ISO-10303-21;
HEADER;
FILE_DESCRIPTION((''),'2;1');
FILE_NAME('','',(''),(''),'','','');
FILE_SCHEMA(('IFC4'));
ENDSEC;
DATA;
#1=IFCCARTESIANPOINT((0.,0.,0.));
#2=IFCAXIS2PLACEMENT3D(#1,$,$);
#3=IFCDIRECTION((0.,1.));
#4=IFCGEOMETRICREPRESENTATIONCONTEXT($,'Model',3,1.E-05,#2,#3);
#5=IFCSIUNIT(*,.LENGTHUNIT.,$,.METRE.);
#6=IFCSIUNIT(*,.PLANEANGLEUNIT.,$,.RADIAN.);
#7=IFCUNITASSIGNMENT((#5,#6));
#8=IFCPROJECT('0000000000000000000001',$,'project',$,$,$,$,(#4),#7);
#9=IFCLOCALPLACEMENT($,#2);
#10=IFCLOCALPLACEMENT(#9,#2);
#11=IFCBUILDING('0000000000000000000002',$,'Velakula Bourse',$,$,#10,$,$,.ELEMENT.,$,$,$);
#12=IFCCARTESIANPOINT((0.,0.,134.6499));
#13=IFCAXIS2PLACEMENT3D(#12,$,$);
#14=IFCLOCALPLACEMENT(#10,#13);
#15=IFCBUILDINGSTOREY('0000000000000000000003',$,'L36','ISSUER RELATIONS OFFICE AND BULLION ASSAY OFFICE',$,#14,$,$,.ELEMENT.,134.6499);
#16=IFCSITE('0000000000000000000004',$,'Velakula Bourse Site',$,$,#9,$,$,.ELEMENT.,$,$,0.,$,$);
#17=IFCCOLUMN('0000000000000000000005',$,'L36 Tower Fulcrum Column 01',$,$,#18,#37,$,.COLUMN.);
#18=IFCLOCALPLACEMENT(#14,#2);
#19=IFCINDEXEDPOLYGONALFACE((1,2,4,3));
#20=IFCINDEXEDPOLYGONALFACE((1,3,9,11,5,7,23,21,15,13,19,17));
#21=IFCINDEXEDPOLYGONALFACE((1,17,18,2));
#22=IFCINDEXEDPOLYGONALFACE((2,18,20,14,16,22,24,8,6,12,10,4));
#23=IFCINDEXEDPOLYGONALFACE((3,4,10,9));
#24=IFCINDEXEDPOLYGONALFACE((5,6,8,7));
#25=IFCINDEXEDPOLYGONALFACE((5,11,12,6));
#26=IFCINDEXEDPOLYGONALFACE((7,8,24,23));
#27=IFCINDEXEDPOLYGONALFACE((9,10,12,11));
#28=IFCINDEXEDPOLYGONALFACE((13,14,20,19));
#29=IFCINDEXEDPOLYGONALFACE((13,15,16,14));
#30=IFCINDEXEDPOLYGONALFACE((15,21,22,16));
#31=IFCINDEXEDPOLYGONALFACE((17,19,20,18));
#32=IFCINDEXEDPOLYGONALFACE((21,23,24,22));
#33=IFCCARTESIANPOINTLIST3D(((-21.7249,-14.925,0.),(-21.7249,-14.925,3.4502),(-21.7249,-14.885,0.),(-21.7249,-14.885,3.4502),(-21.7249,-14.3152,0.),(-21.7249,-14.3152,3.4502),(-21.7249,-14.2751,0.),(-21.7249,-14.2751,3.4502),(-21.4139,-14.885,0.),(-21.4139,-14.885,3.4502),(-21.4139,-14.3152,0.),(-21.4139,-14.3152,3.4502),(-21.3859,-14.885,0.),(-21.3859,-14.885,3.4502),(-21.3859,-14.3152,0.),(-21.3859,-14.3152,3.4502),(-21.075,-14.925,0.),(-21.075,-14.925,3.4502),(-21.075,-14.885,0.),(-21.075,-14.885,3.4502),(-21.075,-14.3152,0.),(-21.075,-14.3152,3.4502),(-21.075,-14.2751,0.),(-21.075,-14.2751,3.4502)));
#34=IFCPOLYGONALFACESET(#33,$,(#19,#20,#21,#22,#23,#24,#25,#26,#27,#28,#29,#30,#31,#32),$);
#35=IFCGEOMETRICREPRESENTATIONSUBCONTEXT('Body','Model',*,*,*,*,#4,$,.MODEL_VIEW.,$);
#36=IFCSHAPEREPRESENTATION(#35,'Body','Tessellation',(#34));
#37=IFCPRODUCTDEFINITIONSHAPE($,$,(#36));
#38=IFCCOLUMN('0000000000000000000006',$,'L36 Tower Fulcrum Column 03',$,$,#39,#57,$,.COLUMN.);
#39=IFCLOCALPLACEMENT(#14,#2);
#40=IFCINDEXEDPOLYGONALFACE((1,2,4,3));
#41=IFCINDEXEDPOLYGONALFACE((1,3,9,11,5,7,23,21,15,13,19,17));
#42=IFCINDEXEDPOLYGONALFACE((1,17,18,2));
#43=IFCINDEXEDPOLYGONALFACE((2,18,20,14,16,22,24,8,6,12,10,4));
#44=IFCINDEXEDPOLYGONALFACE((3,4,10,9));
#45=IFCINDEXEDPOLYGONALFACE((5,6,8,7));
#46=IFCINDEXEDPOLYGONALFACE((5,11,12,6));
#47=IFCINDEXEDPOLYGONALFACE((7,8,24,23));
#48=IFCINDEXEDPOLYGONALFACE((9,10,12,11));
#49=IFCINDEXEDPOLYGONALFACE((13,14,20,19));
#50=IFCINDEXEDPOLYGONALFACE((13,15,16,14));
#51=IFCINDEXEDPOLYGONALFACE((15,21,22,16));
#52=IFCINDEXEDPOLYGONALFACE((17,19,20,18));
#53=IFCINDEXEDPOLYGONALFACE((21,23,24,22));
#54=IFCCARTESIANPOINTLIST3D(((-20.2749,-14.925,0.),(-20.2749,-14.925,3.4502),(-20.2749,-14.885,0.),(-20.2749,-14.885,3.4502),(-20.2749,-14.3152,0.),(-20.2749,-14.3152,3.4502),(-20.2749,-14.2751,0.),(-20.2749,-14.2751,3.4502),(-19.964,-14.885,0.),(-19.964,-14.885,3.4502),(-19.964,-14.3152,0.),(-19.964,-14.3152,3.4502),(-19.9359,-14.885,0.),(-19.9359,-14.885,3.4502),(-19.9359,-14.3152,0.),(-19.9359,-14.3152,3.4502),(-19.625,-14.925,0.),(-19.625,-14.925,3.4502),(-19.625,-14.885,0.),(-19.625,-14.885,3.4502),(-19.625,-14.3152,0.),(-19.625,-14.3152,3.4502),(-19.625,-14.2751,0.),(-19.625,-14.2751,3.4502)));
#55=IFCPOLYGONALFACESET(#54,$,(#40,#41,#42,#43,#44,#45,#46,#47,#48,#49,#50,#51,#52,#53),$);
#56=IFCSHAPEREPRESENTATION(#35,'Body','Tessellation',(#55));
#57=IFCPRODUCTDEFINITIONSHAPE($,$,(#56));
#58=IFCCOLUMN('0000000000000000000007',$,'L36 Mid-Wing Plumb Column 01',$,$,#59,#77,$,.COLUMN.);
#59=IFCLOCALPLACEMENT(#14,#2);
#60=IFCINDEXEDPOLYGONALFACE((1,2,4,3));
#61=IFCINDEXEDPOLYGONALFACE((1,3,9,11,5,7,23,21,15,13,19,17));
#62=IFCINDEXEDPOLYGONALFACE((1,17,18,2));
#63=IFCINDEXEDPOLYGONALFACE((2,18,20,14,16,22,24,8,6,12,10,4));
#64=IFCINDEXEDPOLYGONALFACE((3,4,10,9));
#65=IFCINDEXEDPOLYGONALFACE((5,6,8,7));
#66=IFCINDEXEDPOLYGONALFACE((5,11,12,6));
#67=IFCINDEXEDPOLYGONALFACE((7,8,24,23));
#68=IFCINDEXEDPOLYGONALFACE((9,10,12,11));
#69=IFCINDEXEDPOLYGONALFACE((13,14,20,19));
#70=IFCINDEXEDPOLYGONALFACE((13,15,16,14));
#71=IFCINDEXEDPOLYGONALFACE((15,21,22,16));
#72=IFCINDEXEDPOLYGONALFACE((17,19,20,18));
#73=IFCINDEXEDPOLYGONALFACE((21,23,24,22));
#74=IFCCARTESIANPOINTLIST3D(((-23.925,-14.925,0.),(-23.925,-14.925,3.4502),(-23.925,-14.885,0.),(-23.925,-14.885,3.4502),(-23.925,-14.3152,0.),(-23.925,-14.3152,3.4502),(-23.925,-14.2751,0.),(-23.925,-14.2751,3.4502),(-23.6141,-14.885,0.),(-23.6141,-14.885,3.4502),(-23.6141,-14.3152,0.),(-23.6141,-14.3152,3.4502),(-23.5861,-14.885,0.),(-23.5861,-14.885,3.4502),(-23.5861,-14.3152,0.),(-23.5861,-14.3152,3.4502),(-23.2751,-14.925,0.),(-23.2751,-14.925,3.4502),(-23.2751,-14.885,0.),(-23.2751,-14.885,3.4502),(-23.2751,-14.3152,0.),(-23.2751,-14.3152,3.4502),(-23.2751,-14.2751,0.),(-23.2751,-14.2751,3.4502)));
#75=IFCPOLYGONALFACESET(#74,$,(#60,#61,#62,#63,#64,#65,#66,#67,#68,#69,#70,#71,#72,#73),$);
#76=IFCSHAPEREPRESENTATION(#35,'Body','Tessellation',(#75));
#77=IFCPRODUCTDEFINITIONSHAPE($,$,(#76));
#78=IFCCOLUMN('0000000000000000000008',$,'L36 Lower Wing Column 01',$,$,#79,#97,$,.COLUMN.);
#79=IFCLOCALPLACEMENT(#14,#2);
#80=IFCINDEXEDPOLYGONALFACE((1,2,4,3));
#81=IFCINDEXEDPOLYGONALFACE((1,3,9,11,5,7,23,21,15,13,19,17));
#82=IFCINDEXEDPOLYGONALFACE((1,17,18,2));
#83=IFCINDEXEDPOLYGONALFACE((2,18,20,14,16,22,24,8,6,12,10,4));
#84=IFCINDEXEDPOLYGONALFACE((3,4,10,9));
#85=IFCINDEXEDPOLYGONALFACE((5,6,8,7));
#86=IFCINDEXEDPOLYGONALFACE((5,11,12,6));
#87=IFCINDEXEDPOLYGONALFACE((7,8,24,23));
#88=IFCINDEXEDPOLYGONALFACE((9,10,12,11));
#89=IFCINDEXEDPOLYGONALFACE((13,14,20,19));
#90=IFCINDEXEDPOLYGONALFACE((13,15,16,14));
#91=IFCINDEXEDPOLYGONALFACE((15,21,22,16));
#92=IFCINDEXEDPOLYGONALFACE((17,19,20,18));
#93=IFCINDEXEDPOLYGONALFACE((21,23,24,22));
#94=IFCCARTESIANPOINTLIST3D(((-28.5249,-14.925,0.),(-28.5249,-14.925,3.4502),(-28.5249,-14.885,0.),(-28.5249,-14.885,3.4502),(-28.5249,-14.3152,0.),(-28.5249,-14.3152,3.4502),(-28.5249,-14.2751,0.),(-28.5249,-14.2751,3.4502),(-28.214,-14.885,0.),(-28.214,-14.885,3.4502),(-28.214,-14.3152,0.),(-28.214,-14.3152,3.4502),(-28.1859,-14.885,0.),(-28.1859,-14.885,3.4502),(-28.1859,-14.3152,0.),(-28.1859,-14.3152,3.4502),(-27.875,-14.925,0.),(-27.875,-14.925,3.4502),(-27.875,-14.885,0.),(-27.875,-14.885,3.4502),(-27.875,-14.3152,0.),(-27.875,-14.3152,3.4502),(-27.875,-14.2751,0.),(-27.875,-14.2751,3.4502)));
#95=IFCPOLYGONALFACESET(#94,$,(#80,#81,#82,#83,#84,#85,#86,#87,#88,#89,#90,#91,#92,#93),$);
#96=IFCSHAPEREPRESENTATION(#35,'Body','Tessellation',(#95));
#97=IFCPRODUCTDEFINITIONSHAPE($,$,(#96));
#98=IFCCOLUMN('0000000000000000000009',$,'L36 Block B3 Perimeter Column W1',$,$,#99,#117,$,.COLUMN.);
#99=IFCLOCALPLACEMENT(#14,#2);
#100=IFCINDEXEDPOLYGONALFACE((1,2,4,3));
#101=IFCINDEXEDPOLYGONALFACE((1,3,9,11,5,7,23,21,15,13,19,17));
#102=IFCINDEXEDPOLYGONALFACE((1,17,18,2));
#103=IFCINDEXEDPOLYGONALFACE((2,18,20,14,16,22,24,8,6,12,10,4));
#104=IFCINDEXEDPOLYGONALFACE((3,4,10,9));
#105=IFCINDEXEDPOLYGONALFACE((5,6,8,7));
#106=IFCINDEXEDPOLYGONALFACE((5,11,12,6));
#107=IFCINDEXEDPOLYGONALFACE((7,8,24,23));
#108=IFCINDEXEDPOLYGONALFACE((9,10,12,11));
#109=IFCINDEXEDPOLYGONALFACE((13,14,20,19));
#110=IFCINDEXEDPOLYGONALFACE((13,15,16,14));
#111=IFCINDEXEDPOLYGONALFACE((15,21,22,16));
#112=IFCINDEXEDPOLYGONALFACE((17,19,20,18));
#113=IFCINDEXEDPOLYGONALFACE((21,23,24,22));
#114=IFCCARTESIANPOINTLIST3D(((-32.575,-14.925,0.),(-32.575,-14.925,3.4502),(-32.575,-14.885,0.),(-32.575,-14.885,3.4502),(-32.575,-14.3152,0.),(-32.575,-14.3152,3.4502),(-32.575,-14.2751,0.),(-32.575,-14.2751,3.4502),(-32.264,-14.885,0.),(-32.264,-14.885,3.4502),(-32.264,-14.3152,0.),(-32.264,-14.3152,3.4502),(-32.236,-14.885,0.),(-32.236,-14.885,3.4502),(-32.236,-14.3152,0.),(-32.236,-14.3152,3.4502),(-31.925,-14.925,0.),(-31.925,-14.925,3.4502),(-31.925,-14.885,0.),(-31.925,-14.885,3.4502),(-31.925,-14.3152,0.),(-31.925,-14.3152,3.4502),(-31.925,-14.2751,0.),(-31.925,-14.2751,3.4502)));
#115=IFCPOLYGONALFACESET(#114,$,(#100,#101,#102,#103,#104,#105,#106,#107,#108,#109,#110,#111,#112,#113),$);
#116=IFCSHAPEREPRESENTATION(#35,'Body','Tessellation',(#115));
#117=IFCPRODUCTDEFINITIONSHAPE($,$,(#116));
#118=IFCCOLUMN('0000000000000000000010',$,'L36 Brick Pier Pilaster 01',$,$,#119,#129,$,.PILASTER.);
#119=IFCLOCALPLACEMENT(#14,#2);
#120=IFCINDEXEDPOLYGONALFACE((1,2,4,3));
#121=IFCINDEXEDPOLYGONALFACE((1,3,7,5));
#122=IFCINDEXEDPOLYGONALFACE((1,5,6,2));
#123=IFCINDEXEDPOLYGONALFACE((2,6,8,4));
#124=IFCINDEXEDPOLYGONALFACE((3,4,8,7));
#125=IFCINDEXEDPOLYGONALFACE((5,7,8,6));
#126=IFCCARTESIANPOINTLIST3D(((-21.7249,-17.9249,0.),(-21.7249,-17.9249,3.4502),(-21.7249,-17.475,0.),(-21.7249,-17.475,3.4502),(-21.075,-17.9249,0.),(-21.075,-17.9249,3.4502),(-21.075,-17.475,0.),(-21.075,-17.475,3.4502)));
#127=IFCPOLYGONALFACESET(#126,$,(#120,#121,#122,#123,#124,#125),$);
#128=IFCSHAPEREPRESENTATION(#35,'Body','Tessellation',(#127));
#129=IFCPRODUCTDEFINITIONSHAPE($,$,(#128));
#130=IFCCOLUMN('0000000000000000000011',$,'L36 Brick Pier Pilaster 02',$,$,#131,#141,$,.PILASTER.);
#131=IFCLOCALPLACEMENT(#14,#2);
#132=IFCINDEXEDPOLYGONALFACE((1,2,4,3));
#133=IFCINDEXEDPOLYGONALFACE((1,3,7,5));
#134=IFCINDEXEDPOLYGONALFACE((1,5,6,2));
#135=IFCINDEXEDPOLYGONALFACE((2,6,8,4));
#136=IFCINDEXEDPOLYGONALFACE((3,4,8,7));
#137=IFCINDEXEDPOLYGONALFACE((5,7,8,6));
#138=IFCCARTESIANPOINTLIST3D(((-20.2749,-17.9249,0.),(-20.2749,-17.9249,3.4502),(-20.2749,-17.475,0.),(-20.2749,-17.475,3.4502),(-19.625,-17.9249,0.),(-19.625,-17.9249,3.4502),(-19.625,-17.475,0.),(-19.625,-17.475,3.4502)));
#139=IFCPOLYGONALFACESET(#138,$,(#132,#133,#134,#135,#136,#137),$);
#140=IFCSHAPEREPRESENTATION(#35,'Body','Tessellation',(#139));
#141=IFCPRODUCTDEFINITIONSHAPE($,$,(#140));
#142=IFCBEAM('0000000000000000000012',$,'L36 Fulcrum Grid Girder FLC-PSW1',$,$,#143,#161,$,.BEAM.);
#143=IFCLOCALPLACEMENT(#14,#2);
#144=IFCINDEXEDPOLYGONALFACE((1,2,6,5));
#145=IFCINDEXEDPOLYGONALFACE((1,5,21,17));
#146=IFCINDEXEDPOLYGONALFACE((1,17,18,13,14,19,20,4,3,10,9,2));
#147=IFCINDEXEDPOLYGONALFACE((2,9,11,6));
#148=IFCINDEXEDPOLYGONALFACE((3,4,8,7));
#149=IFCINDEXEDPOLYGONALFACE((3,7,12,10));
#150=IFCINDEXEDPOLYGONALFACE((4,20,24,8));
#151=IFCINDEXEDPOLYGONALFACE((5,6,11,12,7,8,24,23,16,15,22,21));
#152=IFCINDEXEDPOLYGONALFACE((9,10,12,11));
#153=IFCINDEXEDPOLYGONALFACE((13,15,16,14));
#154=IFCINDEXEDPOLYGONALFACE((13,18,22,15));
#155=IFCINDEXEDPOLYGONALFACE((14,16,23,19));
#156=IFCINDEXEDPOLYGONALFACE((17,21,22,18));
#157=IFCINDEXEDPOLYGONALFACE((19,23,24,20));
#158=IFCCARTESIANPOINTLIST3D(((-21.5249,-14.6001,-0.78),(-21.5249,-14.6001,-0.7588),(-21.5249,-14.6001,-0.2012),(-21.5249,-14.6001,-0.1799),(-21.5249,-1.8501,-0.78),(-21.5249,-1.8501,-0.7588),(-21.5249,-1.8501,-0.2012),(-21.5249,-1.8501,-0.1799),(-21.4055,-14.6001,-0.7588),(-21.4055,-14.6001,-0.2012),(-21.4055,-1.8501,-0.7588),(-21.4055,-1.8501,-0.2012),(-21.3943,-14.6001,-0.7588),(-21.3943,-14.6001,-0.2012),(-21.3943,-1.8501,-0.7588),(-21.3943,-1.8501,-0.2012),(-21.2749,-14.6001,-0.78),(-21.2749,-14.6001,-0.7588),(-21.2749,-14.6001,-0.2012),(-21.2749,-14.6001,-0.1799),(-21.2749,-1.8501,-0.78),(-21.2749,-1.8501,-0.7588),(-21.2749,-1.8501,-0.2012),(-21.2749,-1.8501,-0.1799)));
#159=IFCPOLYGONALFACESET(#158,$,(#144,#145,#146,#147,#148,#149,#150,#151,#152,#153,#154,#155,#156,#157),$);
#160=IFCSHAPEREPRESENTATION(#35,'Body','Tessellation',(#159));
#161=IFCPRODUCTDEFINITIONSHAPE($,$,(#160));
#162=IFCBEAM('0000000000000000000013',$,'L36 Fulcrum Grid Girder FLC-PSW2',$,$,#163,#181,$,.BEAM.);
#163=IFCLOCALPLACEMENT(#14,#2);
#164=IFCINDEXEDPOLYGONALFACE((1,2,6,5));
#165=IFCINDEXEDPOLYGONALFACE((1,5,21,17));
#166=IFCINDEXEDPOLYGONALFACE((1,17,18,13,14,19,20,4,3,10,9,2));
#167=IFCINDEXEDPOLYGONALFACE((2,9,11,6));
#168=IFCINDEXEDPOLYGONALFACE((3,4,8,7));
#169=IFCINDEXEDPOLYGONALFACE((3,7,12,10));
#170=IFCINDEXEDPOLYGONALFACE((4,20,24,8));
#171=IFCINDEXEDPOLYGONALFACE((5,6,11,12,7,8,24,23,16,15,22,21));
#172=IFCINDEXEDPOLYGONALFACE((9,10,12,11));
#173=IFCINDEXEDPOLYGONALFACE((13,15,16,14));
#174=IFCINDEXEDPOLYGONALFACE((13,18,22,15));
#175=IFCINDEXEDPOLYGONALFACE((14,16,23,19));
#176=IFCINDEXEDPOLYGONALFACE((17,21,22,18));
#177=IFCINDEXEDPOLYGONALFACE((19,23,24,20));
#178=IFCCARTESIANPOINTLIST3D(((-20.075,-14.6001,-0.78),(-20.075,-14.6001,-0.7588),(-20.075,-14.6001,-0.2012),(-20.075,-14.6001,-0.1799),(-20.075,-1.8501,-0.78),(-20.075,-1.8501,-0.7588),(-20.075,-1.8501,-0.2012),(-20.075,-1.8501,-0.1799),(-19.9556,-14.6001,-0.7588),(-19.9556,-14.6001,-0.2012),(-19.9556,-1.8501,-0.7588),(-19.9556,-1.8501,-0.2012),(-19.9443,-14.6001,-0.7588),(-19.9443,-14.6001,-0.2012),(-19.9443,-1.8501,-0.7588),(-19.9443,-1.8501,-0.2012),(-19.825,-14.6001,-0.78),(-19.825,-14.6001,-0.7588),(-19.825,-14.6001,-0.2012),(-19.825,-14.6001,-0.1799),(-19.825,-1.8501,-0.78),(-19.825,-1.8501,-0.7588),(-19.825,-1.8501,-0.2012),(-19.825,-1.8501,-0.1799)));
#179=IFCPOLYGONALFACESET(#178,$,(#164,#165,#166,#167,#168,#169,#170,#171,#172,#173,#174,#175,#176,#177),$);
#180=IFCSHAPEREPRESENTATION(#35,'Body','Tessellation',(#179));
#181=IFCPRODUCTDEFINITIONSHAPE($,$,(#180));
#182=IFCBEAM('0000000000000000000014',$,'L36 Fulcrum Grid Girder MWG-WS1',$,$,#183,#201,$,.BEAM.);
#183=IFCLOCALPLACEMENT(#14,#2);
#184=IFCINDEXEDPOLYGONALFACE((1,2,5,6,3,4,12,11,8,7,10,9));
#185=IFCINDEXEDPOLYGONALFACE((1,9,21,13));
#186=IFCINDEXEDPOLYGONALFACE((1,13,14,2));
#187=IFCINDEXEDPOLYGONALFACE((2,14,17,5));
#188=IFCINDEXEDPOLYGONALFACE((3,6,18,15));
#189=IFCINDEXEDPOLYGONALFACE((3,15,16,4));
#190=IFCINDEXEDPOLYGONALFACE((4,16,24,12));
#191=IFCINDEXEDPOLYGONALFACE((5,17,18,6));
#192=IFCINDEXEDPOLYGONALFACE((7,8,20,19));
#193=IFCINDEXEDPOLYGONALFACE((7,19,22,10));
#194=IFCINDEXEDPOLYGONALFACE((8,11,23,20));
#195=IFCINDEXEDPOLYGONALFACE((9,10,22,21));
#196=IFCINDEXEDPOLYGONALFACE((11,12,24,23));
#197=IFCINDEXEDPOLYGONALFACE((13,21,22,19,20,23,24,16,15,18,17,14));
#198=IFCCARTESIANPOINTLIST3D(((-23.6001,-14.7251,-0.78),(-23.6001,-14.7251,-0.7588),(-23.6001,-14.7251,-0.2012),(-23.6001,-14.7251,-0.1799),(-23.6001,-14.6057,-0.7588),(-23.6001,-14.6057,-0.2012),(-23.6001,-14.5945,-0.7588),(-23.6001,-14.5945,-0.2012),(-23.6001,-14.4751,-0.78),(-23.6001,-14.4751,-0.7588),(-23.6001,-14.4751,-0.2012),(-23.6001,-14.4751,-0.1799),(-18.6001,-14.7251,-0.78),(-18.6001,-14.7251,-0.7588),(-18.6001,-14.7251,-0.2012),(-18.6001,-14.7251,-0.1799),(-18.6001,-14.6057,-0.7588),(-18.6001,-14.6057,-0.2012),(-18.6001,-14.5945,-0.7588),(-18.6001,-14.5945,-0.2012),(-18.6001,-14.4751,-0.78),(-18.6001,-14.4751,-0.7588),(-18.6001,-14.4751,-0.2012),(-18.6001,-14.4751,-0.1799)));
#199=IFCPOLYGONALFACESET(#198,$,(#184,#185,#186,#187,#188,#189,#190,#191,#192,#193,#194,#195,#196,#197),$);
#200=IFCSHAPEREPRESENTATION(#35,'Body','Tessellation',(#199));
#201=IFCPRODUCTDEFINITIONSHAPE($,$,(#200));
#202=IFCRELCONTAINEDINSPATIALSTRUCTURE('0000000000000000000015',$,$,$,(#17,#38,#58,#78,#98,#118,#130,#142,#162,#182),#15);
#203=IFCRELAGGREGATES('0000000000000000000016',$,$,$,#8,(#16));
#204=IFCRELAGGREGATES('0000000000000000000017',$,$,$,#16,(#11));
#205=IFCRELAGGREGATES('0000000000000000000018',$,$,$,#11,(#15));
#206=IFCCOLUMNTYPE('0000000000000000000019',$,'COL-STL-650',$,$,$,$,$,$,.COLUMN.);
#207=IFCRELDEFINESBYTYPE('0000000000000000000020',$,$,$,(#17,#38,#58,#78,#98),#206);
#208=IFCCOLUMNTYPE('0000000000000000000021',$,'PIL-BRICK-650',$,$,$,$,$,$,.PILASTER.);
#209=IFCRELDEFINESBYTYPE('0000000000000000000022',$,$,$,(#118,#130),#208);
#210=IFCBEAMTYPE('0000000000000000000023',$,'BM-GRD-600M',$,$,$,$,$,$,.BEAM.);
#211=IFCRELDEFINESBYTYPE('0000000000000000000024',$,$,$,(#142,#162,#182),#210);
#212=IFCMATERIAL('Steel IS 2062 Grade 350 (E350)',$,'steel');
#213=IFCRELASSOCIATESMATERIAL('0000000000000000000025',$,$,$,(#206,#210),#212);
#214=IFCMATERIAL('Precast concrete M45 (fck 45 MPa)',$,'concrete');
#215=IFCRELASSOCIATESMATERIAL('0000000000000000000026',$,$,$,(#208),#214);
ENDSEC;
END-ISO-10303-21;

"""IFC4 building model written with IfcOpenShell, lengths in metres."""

from ifc_helpers import new_model, si_unit, direction, frame, origin, origin_2d, place, context, subcontext, project, spatial, rectangle, i_section, extrude, material, material_profile, profile_set, type_object, element, save


model = new_model("IFC4")

# Units and contexts
model_context = context("Model", 3, precision=1e-05, world=origin(), true_north=direction((0.0, 1.0)))
body_context = subcontext(model_context, "Body", "Model", "MODEL_VIEW")
ifc_project = project(units=[si_unit("LENGTHUNIT", "METRE"), si_unit("PLANEANGLEUNIT", "RADIAN")], contexts=[model_context])

# Site, building, storey
site_placement = place(None, origin())
site = spatial("IfcSite", under=ifc_project, at=site_placement, Name="Velakula Bourse Site", CompositionType="ELEMENT", RefElevation=0.0)
building_placement = place(site_placement, origin())
building = spatial("IfcBuilding", under=site, at=building_placement, Name="Velakula Bourse", CompositionType="ELEMENT")
storey_placement = place(building_placement, frame((0.0, 0.0, 134.6499)))
storey = spatial("IfcBuildingStorey", under=building, at=storey_placement, Name="L36", Description="ISSUER RELATIONS OFFICE AND BULLION ASSAY OFFICE", CompositionType="ELEMENT", Elevation=134.6499)

# Columns
ifc_material_1 = material(Name="Steel IS 2062 Grade 350 (E350)", Category="steel")
ifc_material_profile_1 = material_profile(ifc_material_1, i_section(OverallWidth=0.6499, OverallDepth=0.6499, WebThickness=0.0281, FlangeThickness=0.04, at=origin_2d()), Name="Steel IS 2062 Grade 350 (E350)")
ifc_profile_set_1 = profile_set([ifc_material_profile_1], Name="Steel IS 2062 Grade 350 (E350)")
column_type_1 = type_object("IfcColumnType", Name="COL-STL-650", PredefinedType="COLUMN", material=ifc_profile_set_1)
for number, where, z_axis, x_axis, name in (
    (1, (-21.3999, -14.6001, 0.0), (0.0, 0.0, 1.0), (1.0, 0.0, 0.0), "L36 Tower Fulcrum Column 01"),
    (2, (-19.95, -14.6001, 0.0), (0.0, 0.0, 1.0), (1.0, 0.0, 0.0), "L36 Tower Fulcrum Column 03"),
    (3, (-23.6001, -14.6001, 0.0), (0.0, 0.0, 1.0), (1.0, 0.0, 0.0), "L36 Mid-Wing Plumb Column 01"),
    (4, (-28.2, -14.6001, 0.0), (0.0, 0.0, 1.0), (1.0, 0.0, 0.0), "L36 Lower Wing Column 01"),
    (5, (-32.25, -14.6001, 0.0), (0.0, 0.0, 1.0), (1.0, 0.0, 0.0), "L36 Block B3 Perimeter Column W1"),
):
    element("IfcColumn", number, at=place(storey_placement, frame(where, z_axis=z_axis, x_axis=x_axis)), inside=storey, type_object=column_type_1, Name=name, PredefinedType="COLUMN", context=body_context, shape_type="SweptSolid", body=[
        extrude(i_section(OverallWidth=0.6499, OverallDepth=0.6499, WebThickness=0.0281, FlangeThickness=0.04, at=origin_2d()), origin(), (0.0, 0.0, 1.0), 3.4502),
    ])
ifc_material_2 = material(Name="Precast concrete M45 (fck 45 MPa)", Category="concrete")
ifc_material_profile_2 = material_profile(ifc_material_2, rectangle(XDim=0.6499, YDim=0.45, at=origin_2d()), Name="Precast concrete M45 (fck 45 MPa)")
ifc_profile_set_2 = profile_set([ifc_material_profile_2], Name="Precast concrete M45 (fck 45 MPa)")
column_type_2 = type_object("IfcColumnType", Name="PIL-BRICK-650", PredefinedType="PILASTER", material=ifc_profile_set_2)
for number, where, z_axis, x_axis, name in (
    (6, (-21.3999, -17.7, 0.0), (0.0, 0.0, 1.0), (1.0, 0.0, 0.0), "L36 Brick Pier Pilaster 01"),
    (7, (-19.95, -17.7, 0.0), (0.0, 0.0, 1.0), (1.0, 0.0, 0.0), "L36 Brick Pier Pilaster 02"),
):
    element("IfcColumn", number, at=place(storey_placement, frame(where, z_axis=z_axis, x_axis=x_axis)), inside=storey, type_object=column_type_2, Name=name, PredefinedType="PILASTER", context=body_context, shape_type="SweptSolid", body=[
        extrude(rectangle(XDim=0.6499, YDim=0.45, at=origin_2d()), origin(), (0.0, 0.0, 1.0), 3.4502),
    ])

# Beams
ifc_material_profile_3 = material_profile(ifc_material_1, i_section(OverallWidth=0.25, OverallDepth=0.6001, WebThickness=0.0112, FlangeThickness=0.0212, at=origin_2d()), Name="Steel IS 2062 Grade 350 (E350)")
ifc_profile_set_3 = profile_set([ifc_material_profile_3], Name="Steel IS 2062 Grade 350 (E350)")
beam_type_1 = type_object("IfcBeamType", Name="BM-GRD-600M", PredefinedType="BEAM", material=ifc_profile_set_3)
for number, where, z_axis, x_axis, name in (
    (8, (-21.3999, -14.6001, -0.48), (0.0, 1.0, 0.0), (-1.0, 0.0, 0.0), "L36 Fulcrum Grid Girder FLC-PSW1"),
    (9, (-19.95, -14.6001, -0.48), (0.0, 1.0, 0.0), (-1.0, 0.0, 0.0), "L36 Fulcrum Grid Girder FLC-PSW2"),
):
    element("IfcBeam", number, at=place(storey_placement, frame(where, z_axis=z_axis, x_axis=x_axis)), inside=storey, type_object=beam_type_1, Name=name, PredefinedType="BEAM", context=body_context, shape_type="SweptSolid", body=[
        extrude(i_section(OverallWidth=0.25, OverallDepth=0.6001, WebThickness=0.0112, FlangeThickness=0.0212, at=origin_2d()), origin(), (0.0, 0.0, 1.0), 12.75),
    ])
beam_1_placement = place(storey_placement, frame((-23.6001, -14.6001, -0.48), z_axis=(1.0, 0.0, 0.0), x_axis=(0.0, 1.0, 0.0)))
element("IfcBeam", 10, at=beam_1_placement, inside=storey, type_object=beam_type_1, Name="L36 Fulcrum Grid Girder MWG-WS1", PredefinedType="BEAM", context=body_context, shape_type="SweptSolid", body=[
    extrude(i_section(OverallWidth=0.25, OverallDepth=0.6001, WebThickness=0.0112, FlangeThickness=0.0212, at=origin_2d()), origin(), (0.0, 0.0, 1.0), 5.0),
])

save(model, "model.ifc")
